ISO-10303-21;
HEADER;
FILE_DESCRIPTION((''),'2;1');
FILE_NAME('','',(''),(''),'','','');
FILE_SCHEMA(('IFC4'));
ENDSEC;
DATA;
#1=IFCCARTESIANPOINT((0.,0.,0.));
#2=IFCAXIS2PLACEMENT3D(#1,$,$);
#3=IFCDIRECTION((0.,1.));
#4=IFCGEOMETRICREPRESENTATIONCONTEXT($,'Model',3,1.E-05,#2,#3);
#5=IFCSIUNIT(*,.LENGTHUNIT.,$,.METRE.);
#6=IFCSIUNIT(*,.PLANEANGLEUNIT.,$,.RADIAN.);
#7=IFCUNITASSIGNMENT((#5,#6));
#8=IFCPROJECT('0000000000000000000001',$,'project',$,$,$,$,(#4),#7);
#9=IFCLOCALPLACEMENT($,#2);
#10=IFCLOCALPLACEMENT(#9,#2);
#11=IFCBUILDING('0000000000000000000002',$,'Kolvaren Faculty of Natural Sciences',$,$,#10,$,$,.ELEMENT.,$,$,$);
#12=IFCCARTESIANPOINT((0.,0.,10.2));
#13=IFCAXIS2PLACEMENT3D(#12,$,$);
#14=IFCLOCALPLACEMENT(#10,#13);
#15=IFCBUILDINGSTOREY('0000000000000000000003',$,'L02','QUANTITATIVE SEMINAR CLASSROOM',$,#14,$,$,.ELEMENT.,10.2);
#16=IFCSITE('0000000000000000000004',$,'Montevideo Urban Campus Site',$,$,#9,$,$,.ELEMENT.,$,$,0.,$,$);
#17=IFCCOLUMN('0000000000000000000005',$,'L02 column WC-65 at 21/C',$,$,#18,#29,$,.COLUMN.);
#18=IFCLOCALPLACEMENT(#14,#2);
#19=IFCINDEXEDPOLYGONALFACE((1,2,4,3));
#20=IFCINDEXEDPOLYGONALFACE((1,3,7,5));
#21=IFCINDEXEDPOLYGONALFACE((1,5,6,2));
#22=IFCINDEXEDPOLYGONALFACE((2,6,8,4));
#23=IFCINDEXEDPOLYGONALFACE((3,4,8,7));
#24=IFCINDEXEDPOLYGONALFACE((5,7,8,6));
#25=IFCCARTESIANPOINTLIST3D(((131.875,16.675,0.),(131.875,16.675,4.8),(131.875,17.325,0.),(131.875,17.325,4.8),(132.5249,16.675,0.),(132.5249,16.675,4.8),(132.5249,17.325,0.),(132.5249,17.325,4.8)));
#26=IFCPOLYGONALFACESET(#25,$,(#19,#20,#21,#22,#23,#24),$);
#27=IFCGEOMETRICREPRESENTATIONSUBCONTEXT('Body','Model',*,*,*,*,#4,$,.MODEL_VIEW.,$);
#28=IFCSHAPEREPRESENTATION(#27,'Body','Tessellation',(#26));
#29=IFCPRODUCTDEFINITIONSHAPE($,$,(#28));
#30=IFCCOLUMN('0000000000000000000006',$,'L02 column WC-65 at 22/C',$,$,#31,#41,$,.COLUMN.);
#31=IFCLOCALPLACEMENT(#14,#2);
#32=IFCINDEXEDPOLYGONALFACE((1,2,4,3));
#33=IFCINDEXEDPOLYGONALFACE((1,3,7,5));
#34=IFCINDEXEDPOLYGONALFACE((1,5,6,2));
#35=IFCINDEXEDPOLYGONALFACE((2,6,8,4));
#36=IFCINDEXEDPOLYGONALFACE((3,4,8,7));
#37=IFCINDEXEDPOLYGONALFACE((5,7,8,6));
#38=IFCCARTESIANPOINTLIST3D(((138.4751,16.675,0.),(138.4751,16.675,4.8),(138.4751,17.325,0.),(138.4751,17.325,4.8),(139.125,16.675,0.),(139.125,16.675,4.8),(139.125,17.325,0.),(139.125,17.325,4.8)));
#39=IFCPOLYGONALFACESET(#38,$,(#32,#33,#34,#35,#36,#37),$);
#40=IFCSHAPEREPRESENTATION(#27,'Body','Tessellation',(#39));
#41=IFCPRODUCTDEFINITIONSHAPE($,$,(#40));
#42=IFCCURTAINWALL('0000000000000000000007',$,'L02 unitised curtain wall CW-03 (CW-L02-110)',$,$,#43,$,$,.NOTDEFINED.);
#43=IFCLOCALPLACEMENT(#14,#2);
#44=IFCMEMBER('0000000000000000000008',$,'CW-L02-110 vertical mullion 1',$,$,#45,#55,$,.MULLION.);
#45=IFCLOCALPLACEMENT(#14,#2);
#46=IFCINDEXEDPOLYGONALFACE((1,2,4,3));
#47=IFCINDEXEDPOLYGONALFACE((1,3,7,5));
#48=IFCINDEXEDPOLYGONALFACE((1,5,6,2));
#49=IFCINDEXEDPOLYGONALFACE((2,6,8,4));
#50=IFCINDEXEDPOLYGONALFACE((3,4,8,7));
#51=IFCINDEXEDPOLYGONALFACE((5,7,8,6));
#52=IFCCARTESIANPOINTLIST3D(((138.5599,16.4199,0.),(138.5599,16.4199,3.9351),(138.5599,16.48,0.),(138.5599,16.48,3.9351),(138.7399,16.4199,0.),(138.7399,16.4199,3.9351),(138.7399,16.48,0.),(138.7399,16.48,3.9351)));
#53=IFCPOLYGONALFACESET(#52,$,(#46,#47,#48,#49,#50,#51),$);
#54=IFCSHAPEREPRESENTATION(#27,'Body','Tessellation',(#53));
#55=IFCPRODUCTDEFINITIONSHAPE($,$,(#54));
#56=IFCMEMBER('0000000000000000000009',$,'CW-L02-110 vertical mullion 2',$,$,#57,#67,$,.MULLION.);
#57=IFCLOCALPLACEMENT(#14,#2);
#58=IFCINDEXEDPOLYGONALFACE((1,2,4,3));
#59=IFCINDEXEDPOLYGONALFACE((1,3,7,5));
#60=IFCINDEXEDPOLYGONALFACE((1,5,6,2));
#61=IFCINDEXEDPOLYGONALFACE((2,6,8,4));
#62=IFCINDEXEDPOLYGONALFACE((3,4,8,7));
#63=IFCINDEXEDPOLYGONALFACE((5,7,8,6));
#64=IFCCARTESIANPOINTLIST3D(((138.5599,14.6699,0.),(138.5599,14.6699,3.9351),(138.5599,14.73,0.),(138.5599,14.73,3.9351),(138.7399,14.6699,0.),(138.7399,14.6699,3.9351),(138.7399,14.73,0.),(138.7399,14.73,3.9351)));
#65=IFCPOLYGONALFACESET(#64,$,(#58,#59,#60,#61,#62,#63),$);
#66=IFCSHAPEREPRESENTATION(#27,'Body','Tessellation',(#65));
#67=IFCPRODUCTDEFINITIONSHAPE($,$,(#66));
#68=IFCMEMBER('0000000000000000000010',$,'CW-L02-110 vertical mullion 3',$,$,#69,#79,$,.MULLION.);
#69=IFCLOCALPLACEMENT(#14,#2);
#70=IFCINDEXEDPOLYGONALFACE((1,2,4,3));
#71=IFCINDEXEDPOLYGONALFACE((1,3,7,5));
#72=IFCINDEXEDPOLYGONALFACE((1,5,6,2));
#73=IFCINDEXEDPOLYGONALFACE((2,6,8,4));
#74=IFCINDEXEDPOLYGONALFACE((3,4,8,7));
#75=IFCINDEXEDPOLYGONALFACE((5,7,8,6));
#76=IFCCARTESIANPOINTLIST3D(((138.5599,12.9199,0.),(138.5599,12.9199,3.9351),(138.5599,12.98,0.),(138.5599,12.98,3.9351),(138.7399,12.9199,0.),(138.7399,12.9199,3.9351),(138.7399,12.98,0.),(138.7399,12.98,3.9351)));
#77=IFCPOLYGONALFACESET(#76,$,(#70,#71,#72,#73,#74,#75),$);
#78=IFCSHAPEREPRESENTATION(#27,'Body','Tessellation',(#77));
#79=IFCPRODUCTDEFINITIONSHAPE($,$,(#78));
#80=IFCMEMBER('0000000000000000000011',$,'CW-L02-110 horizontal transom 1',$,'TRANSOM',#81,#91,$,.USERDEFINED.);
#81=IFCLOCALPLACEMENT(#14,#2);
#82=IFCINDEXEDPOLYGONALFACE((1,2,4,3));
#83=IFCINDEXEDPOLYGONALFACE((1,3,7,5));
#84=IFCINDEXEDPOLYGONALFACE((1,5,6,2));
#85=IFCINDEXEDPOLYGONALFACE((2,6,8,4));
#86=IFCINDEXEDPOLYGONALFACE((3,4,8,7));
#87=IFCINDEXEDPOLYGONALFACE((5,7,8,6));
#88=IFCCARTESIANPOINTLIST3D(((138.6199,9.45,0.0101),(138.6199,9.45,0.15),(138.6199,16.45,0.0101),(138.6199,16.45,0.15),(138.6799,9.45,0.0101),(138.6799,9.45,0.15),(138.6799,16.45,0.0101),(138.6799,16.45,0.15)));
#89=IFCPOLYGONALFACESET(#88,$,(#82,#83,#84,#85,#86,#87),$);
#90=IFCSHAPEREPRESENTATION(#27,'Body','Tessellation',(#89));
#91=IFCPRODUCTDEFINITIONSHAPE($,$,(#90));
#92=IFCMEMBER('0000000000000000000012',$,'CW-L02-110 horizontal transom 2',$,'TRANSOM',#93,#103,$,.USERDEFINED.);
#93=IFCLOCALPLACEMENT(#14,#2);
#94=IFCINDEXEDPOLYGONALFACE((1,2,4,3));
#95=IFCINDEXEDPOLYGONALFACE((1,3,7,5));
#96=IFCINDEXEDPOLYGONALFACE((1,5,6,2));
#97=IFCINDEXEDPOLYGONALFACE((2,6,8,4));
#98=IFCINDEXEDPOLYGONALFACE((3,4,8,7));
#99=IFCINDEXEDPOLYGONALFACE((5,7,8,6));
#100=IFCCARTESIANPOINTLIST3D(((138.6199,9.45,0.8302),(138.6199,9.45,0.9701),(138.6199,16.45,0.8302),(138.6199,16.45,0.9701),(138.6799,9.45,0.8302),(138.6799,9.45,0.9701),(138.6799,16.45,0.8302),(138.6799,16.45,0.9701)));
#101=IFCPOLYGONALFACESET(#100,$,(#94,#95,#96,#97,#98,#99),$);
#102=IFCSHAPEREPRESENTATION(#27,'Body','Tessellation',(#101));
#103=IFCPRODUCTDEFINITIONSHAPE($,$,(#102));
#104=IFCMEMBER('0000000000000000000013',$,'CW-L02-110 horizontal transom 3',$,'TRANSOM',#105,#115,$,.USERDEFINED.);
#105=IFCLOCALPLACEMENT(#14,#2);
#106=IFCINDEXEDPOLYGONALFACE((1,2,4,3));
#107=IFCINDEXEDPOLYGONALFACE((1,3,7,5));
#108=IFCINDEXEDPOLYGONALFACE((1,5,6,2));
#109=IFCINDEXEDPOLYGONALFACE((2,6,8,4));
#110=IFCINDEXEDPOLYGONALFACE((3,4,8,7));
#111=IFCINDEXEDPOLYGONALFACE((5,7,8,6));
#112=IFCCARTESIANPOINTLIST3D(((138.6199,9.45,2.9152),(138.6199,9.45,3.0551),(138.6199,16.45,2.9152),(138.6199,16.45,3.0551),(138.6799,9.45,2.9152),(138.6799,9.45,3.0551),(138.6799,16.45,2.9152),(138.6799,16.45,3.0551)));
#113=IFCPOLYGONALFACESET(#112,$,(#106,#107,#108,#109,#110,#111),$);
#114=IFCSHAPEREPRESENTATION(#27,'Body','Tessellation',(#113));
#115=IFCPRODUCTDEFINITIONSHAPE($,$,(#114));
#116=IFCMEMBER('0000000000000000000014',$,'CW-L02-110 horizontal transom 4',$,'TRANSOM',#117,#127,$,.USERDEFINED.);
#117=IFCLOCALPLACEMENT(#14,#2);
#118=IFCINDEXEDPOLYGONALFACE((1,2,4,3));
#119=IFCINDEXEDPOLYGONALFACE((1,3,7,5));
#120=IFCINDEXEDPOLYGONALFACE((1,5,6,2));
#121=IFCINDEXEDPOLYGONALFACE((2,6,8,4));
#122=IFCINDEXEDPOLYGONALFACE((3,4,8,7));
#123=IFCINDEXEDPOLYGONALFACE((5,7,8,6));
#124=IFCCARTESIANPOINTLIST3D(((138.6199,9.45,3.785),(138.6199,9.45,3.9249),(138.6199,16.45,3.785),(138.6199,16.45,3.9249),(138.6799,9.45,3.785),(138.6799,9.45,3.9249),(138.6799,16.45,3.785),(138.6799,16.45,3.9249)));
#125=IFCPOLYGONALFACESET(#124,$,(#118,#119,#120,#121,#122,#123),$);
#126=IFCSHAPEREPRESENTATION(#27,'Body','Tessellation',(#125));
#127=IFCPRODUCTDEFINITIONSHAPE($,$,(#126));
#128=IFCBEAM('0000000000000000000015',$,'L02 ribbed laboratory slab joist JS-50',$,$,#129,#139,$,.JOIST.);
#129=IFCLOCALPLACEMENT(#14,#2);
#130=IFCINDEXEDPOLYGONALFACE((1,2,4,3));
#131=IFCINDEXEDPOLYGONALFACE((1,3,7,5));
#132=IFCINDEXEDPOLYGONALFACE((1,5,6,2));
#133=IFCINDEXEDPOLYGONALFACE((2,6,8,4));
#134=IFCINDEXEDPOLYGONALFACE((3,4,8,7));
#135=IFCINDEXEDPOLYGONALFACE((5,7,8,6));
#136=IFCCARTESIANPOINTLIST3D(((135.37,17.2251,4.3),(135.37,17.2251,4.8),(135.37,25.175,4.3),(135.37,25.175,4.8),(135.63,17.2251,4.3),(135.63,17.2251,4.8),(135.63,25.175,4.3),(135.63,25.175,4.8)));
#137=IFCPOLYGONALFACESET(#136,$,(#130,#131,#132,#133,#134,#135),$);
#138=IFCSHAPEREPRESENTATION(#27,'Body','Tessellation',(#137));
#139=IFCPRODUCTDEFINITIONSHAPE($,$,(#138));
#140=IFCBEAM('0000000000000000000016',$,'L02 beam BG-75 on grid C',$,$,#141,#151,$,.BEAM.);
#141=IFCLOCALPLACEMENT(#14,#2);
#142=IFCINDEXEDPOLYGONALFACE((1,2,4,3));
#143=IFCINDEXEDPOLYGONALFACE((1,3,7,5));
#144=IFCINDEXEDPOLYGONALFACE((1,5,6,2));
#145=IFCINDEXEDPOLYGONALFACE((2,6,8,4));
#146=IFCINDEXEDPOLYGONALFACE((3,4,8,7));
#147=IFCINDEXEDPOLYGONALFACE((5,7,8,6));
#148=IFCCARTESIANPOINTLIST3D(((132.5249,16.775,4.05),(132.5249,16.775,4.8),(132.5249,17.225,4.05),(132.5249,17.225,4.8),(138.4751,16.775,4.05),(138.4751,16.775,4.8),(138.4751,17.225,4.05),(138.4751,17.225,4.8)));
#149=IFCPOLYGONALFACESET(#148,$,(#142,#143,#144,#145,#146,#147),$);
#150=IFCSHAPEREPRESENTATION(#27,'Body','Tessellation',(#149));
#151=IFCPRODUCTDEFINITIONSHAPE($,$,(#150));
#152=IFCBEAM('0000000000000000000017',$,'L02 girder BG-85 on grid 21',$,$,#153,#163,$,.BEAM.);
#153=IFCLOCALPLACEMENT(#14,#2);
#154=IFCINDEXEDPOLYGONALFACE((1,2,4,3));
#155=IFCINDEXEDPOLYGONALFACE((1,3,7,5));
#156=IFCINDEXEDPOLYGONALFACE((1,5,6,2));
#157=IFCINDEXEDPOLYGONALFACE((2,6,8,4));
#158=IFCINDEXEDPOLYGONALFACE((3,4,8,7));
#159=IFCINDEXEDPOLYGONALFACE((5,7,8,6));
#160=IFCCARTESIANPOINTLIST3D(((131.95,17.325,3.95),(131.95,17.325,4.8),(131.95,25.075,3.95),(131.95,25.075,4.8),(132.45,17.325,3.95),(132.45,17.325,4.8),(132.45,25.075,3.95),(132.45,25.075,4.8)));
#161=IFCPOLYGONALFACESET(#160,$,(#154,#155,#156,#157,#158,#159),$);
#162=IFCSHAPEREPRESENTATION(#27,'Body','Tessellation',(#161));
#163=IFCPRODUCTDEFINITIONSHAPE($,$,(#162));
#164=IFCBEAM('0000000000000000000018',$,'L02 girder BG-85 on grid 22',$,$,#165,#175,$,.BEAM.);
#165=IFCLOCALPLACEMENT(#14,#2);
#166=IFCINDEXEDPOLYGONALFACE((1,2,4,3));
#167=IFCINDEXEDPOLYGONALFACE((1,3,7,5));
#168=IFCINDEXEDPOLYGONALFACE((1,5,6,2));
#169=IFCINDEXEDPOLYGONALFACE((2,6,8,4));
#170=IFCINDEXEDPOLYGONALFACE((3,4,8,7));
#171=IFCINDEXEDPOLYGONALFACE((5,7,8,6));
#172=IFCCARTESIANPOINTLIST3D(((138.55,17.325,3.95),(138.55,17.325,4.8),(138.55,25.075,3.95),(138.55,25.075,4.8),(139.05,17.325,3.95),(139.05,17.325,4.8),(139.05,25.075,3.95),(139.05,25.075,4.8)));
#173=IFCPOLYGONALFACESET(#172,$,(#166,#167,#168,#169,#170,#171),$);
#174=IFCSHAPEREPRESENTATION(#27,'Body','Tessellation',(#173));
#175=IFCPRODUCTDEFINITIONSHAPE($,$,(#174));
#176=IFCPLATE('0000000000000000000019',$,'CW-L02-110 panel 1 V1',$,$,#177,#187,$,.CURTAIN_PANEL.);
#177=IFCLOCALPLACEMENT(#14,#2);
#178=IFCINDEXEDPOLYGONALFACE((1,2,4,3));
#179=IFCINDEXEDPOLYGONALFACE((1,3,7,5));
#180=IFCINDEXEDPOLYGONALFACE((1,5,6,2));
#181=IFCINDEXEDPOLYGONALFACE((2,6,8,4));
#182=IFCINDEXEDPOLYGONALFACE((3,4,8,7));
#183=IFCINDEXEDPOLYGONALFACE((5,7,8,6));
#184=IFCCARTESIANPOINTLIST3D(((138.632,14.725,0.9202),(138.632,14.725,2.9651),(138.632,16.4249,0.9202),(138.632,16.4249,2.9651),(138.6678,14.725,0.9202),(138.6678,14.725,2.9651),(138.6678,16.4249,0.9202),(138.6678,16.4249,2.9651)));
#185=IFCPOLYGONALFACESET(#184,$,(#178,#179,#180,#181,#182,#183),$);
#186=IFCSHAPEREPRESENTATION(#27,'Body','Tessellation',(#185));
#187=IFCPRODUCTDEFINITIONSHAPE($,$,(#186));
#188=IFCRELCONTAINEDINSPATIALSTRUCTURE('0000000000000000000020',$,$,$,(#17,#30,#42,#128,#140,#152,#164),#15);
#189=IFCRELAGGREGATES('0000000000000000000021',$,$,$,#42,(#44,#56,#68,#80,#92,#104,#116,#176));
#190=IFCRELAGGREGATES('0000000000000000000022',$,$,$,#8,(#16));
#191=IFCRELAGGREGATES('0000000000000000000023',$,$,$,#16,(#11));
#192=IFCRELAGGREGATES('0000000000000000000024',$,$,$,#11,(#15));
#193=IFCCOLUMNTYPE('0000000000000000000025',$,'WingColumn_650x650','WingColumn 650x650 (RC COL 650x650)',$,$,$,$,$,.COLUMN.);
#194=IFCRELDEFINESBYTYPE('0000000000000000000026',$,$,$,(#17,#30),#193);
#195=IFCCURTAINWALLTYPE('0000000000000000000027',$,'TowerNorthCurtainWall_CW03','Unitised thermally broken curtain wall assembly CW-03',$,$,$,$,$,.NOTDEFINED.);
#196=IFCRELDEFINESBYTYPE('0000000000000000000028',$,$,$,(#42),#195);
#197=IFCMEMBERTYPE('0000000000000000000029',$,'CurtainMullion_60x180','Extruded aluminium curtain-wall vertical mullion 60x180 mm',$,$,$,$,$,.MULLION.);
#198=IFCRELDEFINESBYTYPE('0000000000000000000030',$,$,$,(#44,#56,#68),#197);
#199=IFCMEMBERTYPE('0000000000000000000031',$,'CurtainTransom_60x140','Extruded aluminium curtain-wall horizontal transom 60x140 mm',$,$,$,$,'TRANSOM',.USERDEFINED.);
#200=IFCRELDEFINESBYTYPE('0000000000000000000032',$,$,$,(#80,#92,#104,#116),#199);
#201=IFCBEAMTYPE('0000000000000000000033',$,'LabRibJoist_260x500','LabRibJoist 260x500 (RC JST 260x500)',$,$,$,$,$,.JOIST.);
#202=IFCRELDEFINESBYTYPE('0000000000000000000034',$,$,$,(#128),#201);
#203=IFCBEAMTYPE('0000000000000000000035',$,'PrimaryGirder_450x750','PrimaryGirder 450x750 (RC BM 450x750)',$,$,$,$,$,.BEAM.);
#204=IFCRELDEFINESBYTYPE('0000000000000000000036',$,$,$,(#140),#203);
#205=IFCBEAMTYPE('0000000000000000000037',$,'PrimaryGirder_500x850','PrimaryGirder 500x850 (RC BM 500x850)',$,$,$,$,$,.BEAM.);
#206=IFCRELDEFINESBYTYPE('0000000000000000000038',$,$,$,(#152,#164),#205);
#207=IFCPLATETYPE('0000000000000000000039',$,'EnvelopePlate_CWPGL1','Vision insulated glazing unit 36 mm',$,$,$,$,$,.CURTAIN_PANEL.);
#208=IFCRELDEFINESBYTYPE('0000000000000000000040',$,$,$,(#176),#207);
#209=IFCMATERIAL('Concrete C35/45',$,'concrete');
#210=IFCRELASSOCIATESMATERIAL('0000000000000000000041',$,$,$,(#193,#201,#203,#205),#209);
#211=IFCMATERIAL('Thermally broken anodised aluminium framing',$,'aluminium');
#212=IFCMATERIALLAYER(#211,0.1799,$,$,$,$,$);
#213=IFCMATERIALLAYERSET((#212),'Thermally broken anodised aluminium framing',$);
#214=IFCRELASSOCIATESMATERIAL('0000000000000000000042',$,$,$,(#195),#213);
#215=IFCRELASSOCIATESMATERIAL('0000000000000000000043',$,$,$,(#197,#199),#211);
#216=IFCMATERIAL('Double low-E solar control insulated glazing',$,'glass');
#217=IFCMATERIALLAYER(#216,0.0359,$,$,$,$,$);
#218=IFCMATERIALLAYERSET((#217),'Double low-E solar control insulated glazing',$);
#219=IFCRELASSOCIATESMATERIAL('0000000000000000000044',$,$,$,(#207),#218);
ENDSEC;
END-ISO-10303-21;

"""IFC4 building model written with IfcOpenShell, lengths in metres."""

from ifc_helpers import new_model, si_unit, direction, frame, origin, origin_2d, place, context, subcontext, project, spatial, rectangle, extrude, material, layer, layer_set, material_profile, profile_set, type_object, element, aggregate, save


model = new_model("IFC4")

# Units and contexts
model_context = context("Model", 3, precision=1e-05, world=origin(), true_north=direction((0.0, 1.0)))
body_context = subcontext(model_context, "Body", "Model", "MODEL_VIEW")
ifc_project = project(units=[si_unit("LENGTHUNIT", "METRE"), si_unit("PLANEANGLEUNIT", "RADIAN")], contexts=[model_context])

# Site, building, storey
site_placement = place(None, origin())
site = spatial("IfcSite", under=ifc_project, at=site_placement, Name="Montevideo Urban Campus Site", CompositionType="ELEMENT", RefElevation=0.0)
building_placement = place(site_placement, origin())
building = spatial("IfcBuilding", under=site, at=building_placement, Name="Kolvaren Faculty of Natural Sciences", CompositionType="ELEMENT")
storey_placement = place(building_placement, frame((0.0, 0.0, 10.2)))
storey = spatial("IfcBuildingStorey", under=building, at=storey_placement, Name="L02", Description="QUANTITATIVE SEMINAR CLASSROOM", CompositionType="ELEMENT", Elevation=10.2)

# Columns
ifc_material_1 = material(Name="Concrete C35/45", Category="concrete")
ifc_material_profile_1 = material_profile(ifc_material_1, rectangle(XDim=0.6499, YDim=0.6499, at=origin_2d()), Name="RC COL 650x650")
ifc_profile_set_1 = profile_set([ifc_material_profile_1], Name="Concrete C35/45")
column_type = type_object("IfcColumnType", Name="WingColumn_650x650", Description="WingColumn 650x650 (RC COL 650x650)", PredefinedType="COLUMN", material=ifc_profile_set_1)
for number, where, z_axis, x_axis, name in (
    (1, (132.2, 17.0, 0.0), (0.0, 0.0, 1.0), (1.0, 0.0, 0.0), "L02 column WC-65 at 21/C"),
    (2, (138.8, 17.0, 0.0), (0.0, 0.0, 1.0), (1.0, 0.0, 0.0), "L02 column WC-65 at 22/C"),
):
    element("IfcColumn", number, at=place(storey_placement, frame(where, z_axis=z_axis, x_axis=x_axis)), inside=storey, type_object=column_type, Name=name, PredefinedType="COLUMN", context=body_context, shape_type="SweptSolid", body=[
        extrude(rectangle(XDim=0.6499, YDim=0.6499, at=origin_2d()), origin(), (0.0, 0.0, 1.0), 4.8),
    ])

# Curtain wall, members
ifc_material_2 = material(Name="Thermally broken anodised aluminium framing", Category="aluminium")
ifc_layer_1 = layer(ifc_material_2, 0.1799)
ifc_layer_set_1 = layer_set([ifc_layer_1], Name="Thermally broken anodised aluminium framing")
curtain_wall_type = type_object("IfcCurtainWallType", Name="TowerNorthCurtainWall_CW03", Description="Unitised thermally broken curtain wall assembly CW-03", PredefinedType="NOTDEFINED", material=ifc_layer_set_1)
curtain_wall_placement = place(storey_placement, origin())
curtain_wall = element("IfcCurtainWall", 3, at=curtain_wall_placement, inside=storey, type_object=curtain_wall_type, Name="L02 unitised curtain wall CW-03 (CW-L02-110)", PredefinedType="NOTDEFINED")
ifc_material_profile_2 = material_profile(ifc_material_2, rectangle(XDim=0.0601, YDim=0.1799, at=origin_2d()), Name="ALU MUL 60x180")
ifc_profile_set_2 = profile_set([ifc_material_profile_2], Name="Thermally broken anodised aluminium framing")
member_type_1 = type_object("IfcMemberType", Name="CurtainMullion_60x180", Description="Extruded aluminium curtain-wall vertical mullion 60x180 mm", PredefinedType="MULLION", material=ifc_profile_set_2)
member_1_placement = place(storey_placement, frame((138.6499, 16.45, 0.0), z_axis=(0.0, 0.0, 1.0), x_axis=(0.0, -1.0, 0.0)))
member_1 = element("IfcMember", 4, at=member_1_placement, type_object=member_type_1, Name="CW-L02-110 vertical mullion 1", PredefinedType="MULLION", context=body_context, shape_type="SweptSolid", body=[
    extrude(rectangle(XDim=0.0601, YDim=0.1799, at=origin_2d()), origin(), (0.0, 0.0, 1.0), 3.9351),
])
member_2_placement = place(storey_placement, frame((138.6499, 14.7, 0.0), z_axis=(0.0, 0.0, 1.0), x_axis=(0.0, -1.0, 0.0)))
member_2 = element("IfcMember", 5, at=member_2_placement, type_object=member_type_1, Name="CW-L02-110 vertical mullion 2", PredefinedType="MULLION", context=body_context, shape_type="SweptSolid", body=[
    extrude(rectangle(XDim=0.0601, YDim=0.1799, at=origin_2d()), origin(), (0.0, 0.0, 1.0), 3.9351),
])
member_3_placement = place(storey_placement, frame((138.6499, 12.95, 0.0), z_axis=(0.0, 0.0, 1.0), x_axis=(0.0, -1.0, 0.0)))
member_3 = element("IfcMember", 6, at=member_3_placement, type_object=member_type_1, Name="CW-L02-110 vertical mullion 3", PredefinedType="MULLION", context=body_context, shape_type="SweptSolid", body=[
    extrude(rectangle(XDim=0.0601, YDim=0.1799, at=origin_2d()), origin(), (0.0, 0.0, 1.0), 3.9351),
])
ifc_material_profile_3 = material_profile(ifc_material_2, rectangle(XDim=0.0601, YDim=0.1399, at=origin_2d()), Name="ALU TRN 60x140")
ifc_profile_set_3 = profile_set([ifc_material_profile_3], Name="Thermally broken anodised aluminium framing")
member_type_2 = type_object("IfcMemberType", Name="CurtainTransom_60x140", Description="Extruded aluminium curtain-wall horizontal transom 60x140 mm", ElementType="TRANSOM", PredefinedType="USERDEFINED", material=ifc_profile_set_3)
member_4_placement = place(storey_placement, frame((138.6499, 16.45, 0.0801), z_axis=(0.0, -1.0, 0.0), x_axis=(1.0, 0.0, 0.0)))
member_4 = element("IfcMember", 7, at=member_4_placement, type_object=member_type_2, Name="CW-L02-110 horizontal transom 1", ObjectType="TRANSOM", PredefinedType="USERDEFINED", context=body_context, shape_type="SweptSolid", body=[
    extrude(rectangle(XDim=0.0601, YDim=0.1399, at=origin_2d()), origin(), (0.0, 0.0, 1.0), 7.0),
])
member_5_placement = place(storey_placement, frame((138.6499, 16.45, 0.9001), z_axis=(0.0, -1.0, 0.0), x_axis=(1.0, 0.0, 0.0)))
member_5 = element("IfcMember", 8, at=member_5_placement, type_object=member_type_2, Name="CW-L02-110 horizontal transom 2", ObjectType="TRANSOM", PredefinedType="USERDEFINED", context=body_context, shape_type="SweptSolid", body=[
    extrude(rectangle(XDim=0.0601, YDim=0.1399, at=origin_2d()), origin(), (0.0, 0.0, 1.0), 7.0),
])
member_6_placement = place(storey_placement, frame((138.6499, 16.45, 2.9851), z_axis=(0.0, -1.0, 0.0), x_axis=(1.0, 0.0, 0.0)))
member_6 = element("IfcMember", 9, at=member_6_placement, type_object=member_type_2, Name="CW-L02-110 horizontal transom 3", ObjectType="TRANSOM", PredefinedType="USERDEFINED", context=body_context, shape_type="SweptSolid", body=[
    extrude(rectangle(XDim=0.0601, YDim=0.1399, at=origin_2d()), origin(), (0.0, 0.0, 1.0), 7.0),
])
member_7_placement = place(storey_placement, frame((138.6499, 16.45, 3.855), z_axis=(0.0, -1.0, 0.0), x_axis=(1.0, 0.0, 0.0)))
member_7 = element("IfcMember", 10, at=member_7_placement, type_object=member_type_2, Name="CW-L02-110 horizontal transom 4", ObjectType="TRANSOM", PredefinedType="USERDEFINED", context=body_context, shape_type="SweptSolid", body=[
    extrude(rectangle(XDim=0.0601, YDim=0.1399, at=origin_2d()), origin(), (0.0, 0.0, 1.0), 7.0),
])

# Beams
ifc_material_profile_4 = material_profile(ifc_material_1, rectangle(XDim=0.26, YDim=0.5, at=origin_2d()), Name="RC JST 260x500")
ifc_profile_set_4 = profile_set([ifc_material_profile_4], Name="Concrete C35/45")
beam_type_1 = type_object("IfcBeamType", Name="LabRibJoist_260x500", Description="LabRibJoist 260x500 (RC JST 260x500)", PredefinedType="JOIST", material=ifc_profile_set_4)
beam_1_placement = place(storey_placement, frame((135.5, 17.2251, 4.55), z_axis=(0.0, 1.0, 0.0), x_axis=(-1.0, 0.0, 0.0)))
element("IfcBeam", 11, at=beam_1_placement, inside=storey, type_object=beam_type_1, Name="L02 ribbed laboratory slab joist JS-50", PredefinedType="JOIST", context=body_context, shape_type="SweptSolid", body=[
    extrude(rectangle(XDim=0.26, YDim=0.5, at=origin_2d()), origin(), (0.0, 0.0, 1.0), 7.95),
])
ifc_material_profile_5 = material_profile(ifc_material_1, rectangle(XDim=0.45, YDim=0.75, at=origin_2d()), Name="RC BM 450x750")
ifc_profile_set_5 = profile_set([ifc_material_profile_5], Name="Concrete C35/45")
beam_type_2 = type_object("IfcBeamType", Name="PrimaryGirder_450x750", Description="PrimaryGirder 450x750 (RC BM 450x750)", PredefinedType="BEAM", material=ifc_profile_set_5)
beam_2_placement = place(storey_placement, frame((132.5249, 17.0, 4.425), z_axis=(1.0, 0.0, 0.0), x_axis=(0.0, 1.0, 0.0)))
element("IfcBeam", 12, at=beam_2_placement, inside=storey, type_object=beam_type_2, Name="L02 beam BG-75 on grid C", PredefinedType="BEAM", context=body_context, shape_type="SweptSolid", body=[
    extrude(rectangle(XDim=0.45, YDim=0.75, at=origin_2d()), origin(), (0.0, 0.0, 1.0), 5.9502),
])
ifc_material_profile_6 = material_profile(ifc_material_1, rectangle(XDim=0.5, YDim=0.8501, at=origin_2d()), Name="RC BM 500x850")
ifc_profile_set_6 = profile_set([ifc_material_profile_6], Name="Concrete C35/45")
beam_type_3 = type_object("IfcBeamType", Name="PrimaryGirder_500x850", Description="PrimaryGirder 500x850 (RC BM 500x850)", PredefinedType="BEAM", material=ifc_profile_set_6)
for number, where, z_axis, x_axis, name in (
    (13, (132.2, 17.325, 4.375), (0.0, 1.0, 0.0), (-1.0, 0.0, 0.0), "L02 girder BG-85 on grid 21"),
    (14, (138.8, 17.325, 4.375), (0.0, 1.0, 0.0), (-1.0, 0.0, 0.0), "L02 girder BG-85 on grid 22"),
):
    element("IfcBeam", number, at=place(storey_placement, frame(where, z_axis=z_axis, x_axis=x_axis)), inside=storey, type_object=beam_type_3, Name=name, PredefinedType="BEAM", context=body_context, shape_type="SweptSolid", body=[
        extrude(rectangle(XDim=0.5, YDim=0.8501, at=origin_2d()), origin(), (0.0, 0.0, 1.0), 7.75),
    ])

# Plate
ifc_material_3 = material(Name="Double low-E solar control insulated glazing", Category="glass")
ifc_layer_2 = layer(ifc_material_3, 0.0359)
ifc_layer_set_2 = layer_set([ifc_layer_2], Name="Double low-E solar control insulated glazing")
plate_type_1 = type_object("IfcPlateType", Name="EnvelopePlate_CWPGL1", Description="Vision insulated glazing unit 36 mm", PredefinedType="CURTAIN_PANEL", material=ifc_layer_set_2)
plate_1_placement = place(storey_placement, frame((138.6499, 15.575, 0.9202), z_axis=(0.0, 0.0, 1.0), x_axis=(0.0, -1.0, 0.0)))
plate_1 = element("IfcPlate", 15, at=plate_1_placement, type_object=plate_type_1, Name="CW-L02-110 panel 1 V1", PredefinedType="CURTAIN_PANEL", context=body_context, shape_type="SweptSolid", body=[
    extrude(rectangle(XDim=1.7, YDim=0.0359, at=origin_2d()), origin(), (0.0, 0.0, 1.0), 2.0449),
])
aggregate(curtain_wall, [member_1, member_2, member_3, member_4, member_5, member_6, member_7, plate_1])

save(model, "model.ifc")
